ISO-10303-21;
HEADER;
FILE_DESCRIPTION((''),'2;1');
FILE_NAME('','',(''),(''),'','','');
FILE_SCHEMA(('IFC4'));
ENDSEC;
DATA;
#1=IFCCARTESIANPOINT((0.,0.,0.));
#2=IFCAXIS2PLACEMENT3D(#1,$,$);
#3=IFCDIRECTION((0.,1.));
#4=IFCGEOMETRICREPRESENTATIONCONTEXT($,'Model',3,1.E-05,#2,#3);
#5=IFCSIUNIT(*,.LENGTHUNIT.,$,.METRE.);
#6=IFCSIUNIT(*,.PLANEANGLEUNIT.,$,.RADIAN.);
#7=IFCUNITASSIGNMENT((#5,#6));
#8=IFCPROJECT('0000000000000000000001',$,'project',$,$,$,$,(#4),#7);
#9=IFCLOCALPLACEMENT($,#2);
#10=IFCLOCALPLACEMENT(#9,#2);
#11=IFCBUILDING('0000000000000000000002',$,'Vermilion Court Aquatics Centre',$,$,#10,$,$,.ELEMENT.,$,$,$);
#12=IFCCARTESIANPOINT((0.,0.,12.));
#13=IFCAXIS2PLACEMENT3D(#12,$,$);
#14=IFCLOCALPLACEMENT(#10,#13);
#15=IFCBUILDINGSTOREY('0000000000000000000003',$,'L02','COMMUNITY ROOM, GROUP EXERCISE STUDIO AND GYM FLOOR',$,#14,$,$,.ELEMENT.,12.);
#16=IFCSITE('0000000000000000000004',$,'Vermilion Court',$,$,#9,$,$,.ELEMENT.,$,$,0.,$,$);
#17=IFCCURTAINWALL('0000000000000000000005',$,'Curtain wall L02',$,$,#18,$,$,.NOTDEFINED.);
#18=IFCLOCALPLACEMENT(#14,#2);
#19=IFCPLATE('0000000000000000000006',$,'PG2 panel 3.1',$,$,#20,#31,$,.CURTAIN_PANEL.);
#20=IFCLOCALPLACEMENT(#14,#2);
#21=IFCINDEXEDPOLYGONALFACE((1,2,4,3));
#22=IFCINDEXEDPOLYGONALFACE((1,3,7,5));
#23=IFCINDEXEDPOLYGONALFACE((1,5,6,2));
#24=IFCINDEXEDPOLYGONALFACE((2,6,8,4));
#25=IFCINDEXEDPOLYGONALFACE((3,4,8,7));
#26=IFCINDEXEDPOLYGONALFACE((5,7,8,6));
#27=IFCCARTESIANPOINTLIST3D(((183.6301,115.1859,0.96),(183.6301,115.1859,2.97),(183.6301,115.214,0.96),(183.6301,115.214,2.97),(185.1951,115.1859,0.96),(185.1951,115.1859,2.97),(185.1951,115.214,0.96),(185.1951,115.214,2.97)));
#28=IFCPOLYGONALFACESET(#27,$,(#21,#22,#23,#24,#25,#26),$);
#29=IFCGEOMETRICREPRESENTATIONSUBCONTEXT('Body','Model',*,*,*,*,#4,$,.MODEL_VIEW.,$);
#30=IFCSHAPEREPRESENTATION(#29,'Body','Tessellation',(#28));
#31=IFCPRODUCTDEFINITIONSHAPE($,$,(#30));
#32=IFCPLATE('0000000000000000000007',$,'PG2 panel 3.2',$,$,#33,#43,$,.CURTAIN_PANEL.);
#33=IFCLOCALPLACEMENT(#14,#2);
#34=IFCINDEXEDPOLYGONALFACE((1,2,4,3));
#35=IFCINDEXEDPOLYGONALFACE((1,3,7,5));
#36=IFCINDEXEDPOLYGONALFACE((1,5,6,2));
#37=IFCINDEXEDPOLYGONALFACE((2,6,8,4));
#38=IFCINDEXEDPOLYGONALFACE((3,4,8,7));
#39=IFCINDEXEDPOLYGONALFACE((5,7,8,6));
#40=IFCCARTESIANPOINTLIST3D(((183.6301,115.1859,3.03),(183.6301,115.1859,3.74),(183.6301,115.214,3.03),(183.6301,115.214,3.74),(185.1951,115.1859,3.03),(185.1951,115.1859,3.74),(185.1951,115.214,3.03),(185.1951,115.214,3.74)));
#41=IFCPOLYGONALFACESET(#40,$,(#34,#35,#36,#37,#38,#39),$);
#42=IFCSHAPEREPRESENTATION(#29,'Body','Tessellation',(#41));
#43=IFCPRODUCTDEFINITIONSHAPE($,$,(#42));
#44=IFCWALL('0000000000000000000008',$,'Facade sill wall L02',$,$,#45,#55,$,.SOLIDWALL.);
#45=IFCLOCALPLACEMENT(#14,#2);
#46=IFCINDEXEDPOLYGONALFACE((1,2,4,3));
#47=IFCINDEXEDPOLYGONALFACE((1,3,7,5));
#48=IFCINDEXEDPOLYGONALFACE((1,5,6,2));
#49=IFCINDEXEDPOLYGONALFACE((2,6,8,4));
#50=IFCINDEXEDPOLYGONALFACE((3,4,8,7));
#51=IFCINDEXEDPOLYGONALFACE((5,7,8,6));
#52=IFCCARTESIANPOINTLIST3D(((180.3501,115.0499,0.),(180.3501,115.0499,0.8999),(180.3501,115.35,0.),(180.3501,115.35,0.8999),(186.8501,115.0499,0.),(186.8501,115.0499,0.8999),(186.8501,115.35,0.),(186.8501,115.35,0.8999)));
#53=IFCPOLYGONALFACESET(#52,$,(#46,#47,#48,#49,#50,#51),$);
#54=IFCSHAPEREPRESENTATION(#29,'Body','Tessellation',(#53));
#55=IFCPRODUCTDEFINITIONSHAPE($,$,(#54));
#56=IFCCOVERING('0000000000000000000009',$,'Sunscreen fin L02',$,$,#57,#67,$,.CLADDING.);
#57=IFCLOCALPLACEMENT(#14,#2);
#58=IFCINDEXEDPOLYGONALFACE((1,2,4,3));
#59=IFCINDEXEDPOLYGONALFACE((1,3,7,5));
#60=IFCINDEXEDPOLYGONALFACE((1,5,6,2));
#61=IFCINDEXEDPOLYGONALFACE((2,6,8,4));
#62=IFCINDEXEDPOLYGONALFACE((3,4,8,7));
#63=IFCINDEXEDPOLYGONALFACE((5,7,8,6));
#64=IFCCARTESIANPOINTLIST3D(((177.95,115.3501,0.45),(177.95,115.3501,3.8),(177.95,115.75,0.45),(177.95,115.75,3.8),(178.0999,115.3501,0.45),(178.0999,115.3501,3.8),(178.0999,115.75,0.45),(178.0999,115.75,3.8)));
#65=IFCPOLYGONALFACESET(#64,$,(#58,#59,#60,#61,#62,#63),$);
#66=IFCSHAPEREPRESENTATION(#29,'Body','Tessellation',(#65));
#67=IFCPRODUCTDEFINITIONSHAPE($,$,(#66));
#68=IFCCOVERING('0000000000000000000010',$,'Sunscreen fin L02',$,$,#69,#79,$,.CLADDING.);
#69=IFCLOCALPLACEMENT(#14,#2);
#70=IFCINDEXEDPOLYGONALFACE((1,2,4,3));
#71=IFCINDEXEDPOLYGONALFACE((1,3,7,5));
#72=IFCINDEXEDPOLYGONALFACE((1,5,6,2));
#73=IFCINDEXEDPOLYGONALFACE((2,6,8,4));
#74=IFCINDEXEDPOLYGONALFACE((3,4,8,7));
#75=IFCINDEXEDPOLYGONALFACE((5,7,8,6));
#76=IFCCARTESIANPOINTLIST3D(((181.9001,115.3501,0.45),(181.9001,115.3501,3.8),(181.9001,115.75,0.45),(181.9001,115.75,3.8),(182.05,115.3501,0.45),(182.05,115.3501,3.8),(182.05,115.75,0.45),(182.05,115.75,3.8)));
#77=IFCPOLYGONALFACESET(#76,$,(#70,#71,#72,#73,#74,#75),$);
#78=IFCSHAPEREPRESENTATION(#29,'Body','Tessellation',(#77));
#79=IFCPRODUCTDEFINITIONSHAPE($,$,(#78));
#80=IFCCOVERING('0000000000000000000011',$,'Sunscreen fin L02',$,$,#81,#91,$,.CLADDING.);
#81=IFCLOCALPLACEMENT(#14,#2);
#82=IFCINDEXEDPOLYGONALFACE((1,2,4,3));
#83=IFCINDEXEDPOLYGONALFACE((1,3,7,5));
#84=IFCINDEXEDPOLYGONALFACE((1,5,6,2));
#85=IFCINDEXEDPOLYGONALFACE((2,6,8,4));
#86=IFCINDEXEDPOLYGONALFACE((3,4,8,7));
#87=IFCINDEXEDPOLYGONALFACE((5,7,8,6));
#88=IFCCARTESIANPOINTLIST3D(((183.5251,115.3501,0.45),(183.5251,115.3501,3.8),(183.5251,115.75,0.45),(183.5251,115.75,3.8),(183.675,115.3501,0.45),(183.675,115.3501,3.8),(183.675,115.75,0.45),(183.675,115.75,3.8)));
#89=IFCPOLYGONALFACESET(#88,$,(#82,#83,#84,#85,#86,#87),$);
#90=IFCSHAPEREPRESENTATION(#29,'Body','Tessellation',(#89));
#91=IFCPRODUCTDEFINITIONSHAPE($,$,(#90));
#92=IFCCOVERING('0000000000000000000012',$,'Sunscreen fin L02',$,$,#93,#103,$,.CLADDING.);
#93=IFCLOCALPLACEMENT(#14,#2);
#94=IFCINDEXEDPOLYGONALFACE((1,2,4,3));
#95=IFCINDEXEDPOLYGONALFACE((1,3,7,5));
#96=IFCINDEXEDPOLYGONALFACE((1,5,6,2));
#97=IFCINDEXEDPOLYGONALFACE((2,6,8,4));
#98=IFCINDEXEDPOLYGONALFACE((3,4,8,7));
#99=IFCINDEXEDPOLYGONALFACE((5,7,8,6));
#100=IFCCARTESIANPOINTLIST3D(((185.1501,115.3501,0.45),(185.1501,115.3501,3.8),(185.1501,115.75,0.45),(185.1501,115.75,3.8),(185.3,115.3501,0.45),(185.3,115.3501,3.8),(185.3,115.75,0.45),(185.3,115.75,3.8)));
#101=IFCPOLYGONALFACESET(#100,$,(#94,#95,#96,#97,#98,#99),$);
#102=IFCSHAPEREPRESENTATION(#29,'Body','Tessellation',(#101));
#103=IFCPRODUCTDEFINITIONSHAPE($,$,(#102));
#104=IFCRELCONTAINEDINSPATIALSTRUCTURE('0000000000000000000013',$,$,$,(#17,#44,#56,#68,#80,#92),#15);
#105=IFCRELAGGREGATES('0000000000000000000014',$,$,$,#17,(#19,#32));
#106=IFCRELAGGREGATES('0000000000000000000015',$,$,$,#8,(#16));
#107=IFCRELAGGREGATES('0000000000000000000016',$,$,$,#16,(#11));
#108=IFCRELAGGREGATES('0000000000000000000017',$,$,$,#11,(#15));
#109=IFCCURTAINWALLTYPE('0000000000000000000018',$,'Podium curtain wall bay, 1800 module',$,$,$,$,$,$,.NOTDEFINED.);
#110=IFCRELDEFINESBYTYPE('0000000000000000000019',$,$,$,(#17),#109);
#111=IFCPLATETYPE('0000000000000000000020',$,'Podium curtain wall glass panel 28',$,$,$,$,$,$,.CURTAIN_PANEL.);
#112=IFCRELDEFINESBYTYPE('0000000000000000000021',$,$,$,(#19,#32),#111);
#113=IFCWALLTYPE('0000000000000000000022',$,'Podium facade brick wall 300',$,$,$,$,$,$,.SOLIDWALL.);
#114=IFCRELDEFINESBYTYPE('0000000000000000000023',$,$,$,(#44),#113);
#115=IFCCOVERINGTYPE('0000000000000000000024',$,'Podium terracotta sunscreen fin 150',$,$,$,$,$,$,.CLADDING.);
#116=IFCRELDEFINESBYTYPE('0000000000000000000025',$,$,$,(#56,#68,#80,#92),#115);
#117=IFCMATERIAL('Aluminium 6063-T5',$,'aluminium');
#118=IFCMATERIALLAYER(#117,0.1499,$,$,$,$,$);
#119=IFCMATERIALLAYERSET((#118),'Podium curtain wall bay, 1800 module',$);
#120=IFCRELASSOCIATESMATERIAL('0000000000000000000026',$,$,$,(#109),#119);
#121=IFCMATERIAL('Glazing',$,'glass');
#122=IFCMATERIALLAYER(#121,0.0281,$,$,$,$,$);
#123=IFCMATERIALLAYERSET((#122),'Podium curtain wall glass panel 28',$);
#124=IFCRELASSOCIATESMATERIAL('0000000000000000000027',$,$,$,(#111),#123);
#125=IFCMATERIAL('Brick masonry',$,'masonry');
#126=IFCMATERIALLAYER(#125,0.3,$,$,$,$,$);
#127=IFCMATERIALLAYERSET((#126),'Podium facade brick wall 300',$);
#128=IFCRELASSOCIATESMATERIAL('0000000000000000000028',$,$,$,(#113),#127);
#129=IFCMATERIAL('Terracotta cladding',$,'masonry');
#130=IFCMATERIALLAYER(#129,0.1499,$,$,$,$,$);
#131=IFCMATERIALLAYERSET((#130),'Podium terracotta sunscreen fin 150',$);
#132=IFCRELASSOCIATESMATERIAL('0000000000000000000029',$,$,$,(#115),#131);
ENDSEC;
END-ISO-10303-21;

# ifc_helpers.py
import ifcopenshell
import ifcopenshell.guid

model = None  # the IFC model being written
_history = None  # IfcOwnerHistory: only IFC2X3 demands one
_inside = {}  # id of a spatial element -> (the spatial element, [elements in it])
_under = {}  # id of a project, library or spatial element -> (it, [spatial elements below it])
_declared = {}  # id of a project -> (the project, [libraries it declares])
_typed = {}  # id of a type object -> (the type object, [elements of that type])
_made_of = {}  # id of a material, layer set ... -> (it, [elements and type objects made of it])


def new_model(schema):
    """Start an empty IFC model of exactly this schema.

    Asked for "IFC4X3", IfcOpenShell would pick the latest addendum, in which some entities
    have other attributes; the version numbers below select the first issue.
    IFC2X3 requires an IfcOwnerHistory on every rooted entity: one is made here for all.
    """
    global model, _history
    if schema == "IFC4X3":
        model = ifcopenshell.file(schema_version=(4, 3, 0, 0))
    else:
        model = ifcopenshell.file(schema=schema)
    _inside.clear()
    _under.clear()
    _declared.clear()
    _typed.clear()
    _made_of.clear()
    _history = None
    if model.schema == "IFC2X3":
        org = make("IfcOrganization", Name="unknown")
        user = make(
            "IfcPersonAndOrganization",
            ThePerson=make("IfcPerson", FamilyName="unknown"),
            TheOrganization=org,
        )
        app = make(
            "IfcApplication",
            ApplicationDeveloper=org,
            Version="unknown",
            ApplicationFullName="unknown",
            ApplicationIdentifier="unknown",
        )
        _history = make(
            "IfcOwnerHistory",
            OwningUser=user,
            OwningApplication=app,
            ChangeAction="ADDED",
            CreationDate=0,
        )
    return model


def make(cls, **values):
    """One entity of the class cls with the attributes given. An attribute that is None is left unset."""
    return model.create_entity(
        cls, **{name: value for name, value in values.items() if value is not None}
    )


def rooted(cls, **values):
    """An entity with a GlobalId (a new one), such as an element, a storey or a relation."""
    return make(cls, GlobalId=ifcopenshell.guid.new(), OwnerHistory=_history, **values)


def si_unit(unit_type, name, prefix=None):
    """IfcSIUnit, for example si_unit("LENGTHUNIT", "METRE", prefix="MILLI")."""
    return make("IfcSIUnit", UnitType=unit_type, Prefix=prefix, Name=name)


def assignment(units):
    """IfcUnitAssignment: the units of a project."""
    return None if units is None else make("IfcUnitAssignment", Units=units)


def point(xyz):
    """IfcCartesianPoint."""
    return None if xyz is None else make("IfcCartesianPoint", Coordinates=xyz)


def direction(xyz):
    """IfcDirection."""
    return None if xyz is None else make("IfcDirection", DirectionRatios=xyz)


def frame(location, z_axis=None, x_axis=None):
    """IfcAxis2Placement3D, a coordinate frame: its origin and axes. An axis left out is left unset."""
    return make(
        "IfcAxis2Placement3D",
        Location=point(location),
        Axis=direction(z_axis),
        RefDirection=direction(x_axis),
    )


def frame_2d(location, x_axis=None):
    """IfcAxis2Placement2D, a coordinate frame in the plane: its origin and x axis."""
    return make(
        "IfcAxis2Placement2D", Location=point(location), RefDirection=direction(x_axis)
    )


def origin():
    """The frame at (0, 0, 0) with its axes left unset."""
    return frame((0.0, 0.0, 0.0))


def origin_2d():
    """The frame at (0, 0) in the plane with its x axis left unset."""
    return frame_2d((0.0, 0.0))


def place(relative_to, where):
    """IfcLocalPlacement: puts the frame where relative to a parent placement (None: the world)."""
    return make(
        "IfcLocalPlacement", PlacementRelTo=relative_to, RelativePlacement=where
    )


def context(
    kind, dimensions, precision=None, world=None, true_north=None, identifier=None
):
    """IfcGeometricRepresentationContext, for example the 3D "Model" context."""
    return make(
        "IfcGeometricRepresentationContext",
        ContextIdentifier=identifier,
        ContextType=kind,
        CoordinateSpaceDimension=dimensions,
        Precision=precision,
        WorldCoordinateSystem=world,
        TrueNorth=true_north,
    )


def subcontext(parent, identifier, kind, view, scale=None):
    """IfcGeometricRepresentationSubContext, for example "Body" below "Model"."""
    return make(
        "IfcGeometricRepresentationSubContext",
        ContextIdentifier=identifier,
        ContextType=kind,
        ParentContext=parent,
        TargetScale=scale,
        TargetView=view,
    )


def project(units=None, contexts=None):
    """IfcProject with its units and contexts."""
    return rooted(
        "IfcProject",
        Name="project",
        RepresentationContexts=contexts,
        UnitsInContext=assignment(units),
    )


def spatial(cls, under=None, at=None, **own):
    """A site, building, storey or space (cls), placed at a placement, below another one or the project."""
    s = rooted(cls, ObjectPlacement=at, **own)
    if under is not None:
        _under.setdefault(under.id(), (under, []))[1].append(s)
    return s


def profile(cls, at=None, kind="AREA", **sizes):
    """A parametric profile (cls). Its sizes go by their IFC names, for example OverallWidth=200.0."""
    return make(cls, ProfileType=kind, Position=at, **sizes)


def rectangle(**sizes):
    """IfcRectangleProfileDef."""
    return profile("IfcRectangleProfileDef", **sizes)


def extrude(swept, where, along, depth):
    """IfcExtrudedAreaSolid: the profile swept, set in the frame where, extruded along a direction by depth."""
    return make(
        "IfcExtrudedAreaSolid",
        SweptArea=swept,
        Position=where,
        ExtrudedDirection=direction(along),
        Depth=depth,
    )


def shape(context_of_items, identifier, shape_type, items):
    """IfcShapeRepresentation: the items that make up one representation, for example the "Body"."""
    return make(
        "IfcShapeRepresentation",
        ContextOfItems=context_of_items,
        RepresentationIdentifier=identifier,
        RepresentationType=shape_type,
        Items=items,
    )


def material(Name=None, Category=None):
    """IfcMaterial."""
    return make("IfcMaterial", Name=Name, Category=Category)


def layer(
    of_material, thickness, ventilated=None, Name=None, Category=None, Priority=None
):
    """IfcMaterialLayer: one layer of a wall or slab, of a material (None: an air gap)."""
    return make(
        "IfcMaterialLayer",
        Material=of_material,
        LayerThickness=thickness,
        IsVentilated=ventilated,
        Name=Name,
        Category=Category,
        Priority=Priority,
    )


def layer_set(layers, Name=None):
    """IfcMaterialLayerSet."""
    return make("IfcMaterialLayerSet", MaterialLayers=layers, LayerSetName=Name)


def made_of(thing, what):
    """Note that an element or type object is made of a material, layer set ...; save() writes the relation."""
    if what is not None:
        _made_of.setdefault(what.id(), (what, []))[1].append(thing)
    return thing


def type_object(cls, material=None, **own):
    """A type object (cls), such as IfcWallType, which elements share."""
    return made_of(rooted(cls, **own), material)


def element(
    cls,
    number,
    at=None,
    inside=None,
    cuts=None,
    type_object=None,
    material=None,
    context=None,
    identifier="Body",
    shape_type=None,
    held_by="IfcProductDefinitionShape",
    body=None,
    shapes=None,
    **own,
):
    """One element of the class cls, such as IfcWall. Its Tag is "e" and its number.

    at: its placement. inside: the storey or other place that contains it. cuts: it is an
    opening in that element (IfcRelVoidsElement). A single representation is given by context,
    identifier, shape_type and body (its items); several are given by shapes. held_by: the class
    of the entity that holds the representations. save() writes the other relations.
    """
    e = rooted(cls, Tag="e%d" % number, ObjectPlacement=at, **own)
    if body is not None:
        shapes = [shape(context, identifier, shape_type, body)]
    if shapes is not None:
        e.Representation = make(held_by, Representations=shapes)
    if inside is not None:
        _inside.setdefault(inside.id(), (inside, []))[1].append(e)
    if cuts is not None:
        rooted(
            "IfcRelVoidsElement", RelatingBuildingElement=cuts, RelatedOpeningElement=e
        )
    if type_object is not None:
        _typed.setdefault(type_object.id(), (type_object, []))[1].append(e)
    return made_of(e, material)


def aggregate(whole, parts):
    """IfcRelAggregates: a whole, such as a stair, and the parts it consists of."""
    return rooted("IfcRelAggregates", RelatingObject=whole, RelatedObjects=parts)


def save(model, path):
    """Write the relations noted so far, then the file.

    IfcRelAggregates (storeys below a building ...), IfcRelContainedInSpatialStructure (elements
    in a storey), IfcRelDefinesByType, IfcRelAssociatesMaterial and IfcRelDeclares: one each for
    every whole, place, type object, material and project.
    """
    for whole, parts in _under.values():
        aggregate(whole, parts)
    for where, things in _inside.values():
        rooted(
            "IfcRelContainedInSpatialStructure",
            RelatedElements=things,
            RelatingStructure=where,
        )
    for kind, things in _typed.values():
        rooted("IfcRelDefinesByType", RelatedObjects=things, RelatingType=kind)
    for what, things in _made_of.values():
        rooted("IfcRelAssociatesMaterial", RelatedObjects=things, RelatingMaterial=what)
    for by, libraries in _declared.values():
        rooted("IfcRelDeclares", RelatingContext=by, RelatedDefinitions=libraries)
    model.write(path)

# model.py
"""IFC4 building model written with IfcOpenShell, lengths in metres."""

from ifc_helpers import new_model, si_unit, direction, frame, frame_2d, origin, origin_2d, place, context, subcontext, project, spatial, rectangle, extrude, material, layer, layer_set, type_object, element, aggregate, save


model = new_model("IFC4")

# Units and contexts
model_context = context("Model", 3, precision=1e-05, world=origin(), true_north=direction((0.0, 1.0)))
body_context = subcontext(model_context, "Body", "Model", "MODEL_VIEW")
ifc_project = project(units=[si_unit("LENGTHUNIT", "METRE"), si_unit("PLANEANGLEUNIT", "RADIAN")], contexts=[model_context])

# Site, building, storey
site_placement = place(None, origin())
site = spatial("IfcSite", under=ifc_project, at=site_placement, Name="Vermilion Court", CompositionType="ELEMENT", RefElevation=0.0)
building_placement = place(site_placement, origin())
building = spatial("IfcBuilding", under=site, at=building_placement, Name="Vermilion Court Aquatics Centre", CompositionType="ELEMENT")
storey_placement = place(building_placement, frame((0.0, 0.0, 12.0)))
storey = spatial("IfcBuildingStorey", under=building, at=storey_placement, Name="L02", Description="COMMUNITY ROOM, GROUP EXERCISE STUDIO AND GYM FLOOR", CompositionType="ELEMENT", Elevation=12.0)

# Curtain wall
ifc_material_1 = material(Name="Aluminium 6063-T5", Category="aluminium")
ifc_layer_1 = layer(ifc_material_1, 0.1499)
ifc_layer_set_1 = layer_set([ifc_layer_1], Name="Podium curtain wall bay, 1800 module")
curtain_wall_type = type_object("IfcCurtainWallType", Name="Podium curtain wall bay, 1800 module", PredefinedType="NOTDEFINED", material=ifc_layer_set_1)
curtain_wall_1_placement = place(storey_placement, origin())
curtain_wall_1 = element("IfcCurtainWall", 1, at=curtain_wall_1_placement, inside=storey, type_object=curtain_wall_type, Name="Curtain wall L02", PredefinedType="NOTDEFINED")

# Plates
ifc_material_2 = material(Name="Glazing", Category="glass")
ifc_layer_2 = layer(ifc_material_2, 0.0281)
ifc_layer_set_2 = layer_set([ifc_layer_2], Name="Podium curtain wall glass panel 28")
plate_type = type_object("IfcPlateType", Name="Podium curtain wall glass panel 28", PredefinedType="CURTAIN_PANEL", material=ifc_layer_set_2)
plate_1_placement = place(storey_placement, frame((184.4126, 115.2, 0.96), z_axis=(0.0, 0.0, 1.0), x_axis=(1.0, 0.0, 0.0)))
plate_1 = element("IfcPlate", 2, at=plate_1_placement, type_object=plate_type, Name="PG2 panel 3.1", PredefinedType="CURTAIN_PANEL", context=body_context, shape_type="SweptSolid", body=[
    extrude(rectangle(XDim=1.5649, YDim=0.0281, at=origin_2d()), origin(), (0.0, 0.0, 1.0), 2.01),
])
plate_2_placement = place(storey_placement, frame((184.4126, 115.2, 3.03), z_axis=(0.0, 0.0, 1.0), x_axis=(1.0, 0.0, 0.0)))
plate_2 = element("IfcPlate", 3, at=plate_2_placement, type_object=plate_type, Name="PG2 panel 3.2", PredefinedType="CURTAIN_PANEL", context=body_context, shape_type="SweptSolid", body=[
    extrude(rectangle(XDim=1.5649, YDim=0.0281, at=origin_2d()), origin(), (0.0, 0.0, 1.0), 0.71),
])
aggregate(curtain_wall_1, [plate_1, plate_2])

# Wall
ifc_material_3 = material(Name="Brick masonry", Category="masonry")
ifc_layer_3 = layer(ifc_material_3, 0.3)
ifc_layer_set_3 = layer_set([ifc_layer_3], Name="Podium facade brick wall 300")
wall_type = type_object("IfcWallType", Name="Podium facade brick wall 300", PredefinedType="SOLIDWALL", material=ifc_layer_set_3)
wall_placement = place(storey_placement, frame((180.3501, 115.2, 0.0), z_axis=(0.0, 0.0, 1.0), x_axis=(1.0, 0.0, 0.0)))
element("IfcWall", 4, at=wall_placement, inside=storey, type_object=wall_type, Name="Facade sill wall L02", PredefinedType="SOLIDWALL", context=body_context, shape_type="SweptSolid", body=[
    extrude(rectangle(XDim=6.5, YDim=0.3, at=frame_2d((3.25, 0.0))), origin(), (0.0, 0.0, 1.0), 0.8999),
])

# Coverings
ifc_material_4 = material(Name="Terracotta cladding", Category="masonry")
ifc_layer_4 = layer(ifc_material_4, 0.1499)
ifc_layer_set_4 = layer_set([ifc_layer_4], Name="Podium terracotta sunscreen fin 150")
covering_type = type_object("IfcCoveringType", Name="Podium terracotta sunscreen fin 150", PredefinedType="CLADDING", material=ifc_layer_set_4)
for number, where, z_axis, x_axis, name in (
    (5, (178.0249, 115.3501, 0.45), (0.0, 0.0, 1.0), (0.0, 1.0, 0.0), "Sunscreen fin L02"),
    (6, (181.9751, 115.3501, 0.45), (0.0, 0.0, 1.0), (0.0, 1.0, 0.0), "Sunscreen fin L02"),
    (7, (183.6001, 115.3501, 0.45), (0.0, 0.0, 1.0), (0.0, 1.0, 0.0), "Sunscreen fin L02"),
    (8, (185.2251, 115.3501, 0.45), (0.0, 0.0, 1.0), (0.0, 1.0, 0.0), "Sunscreen fin L02"),
):
    element("IfcCovering", number, at=place(storey_placement, frame(where, z_axis=z_axis, x_axis=x_axis)), inside=storey, type_object=covering_type, Name=name, PredefinedType="CLADDING", context=body_context, shape_type="SweptSolid", body=[
        extrude(rectangle(XDim=0.3999, YDim=0.1499, at=frame_2d((0.2, 0.0))), origin(), (0.0, 0.0, 1.0), 3.3501),
    ])

save(model, "model.ifc")
